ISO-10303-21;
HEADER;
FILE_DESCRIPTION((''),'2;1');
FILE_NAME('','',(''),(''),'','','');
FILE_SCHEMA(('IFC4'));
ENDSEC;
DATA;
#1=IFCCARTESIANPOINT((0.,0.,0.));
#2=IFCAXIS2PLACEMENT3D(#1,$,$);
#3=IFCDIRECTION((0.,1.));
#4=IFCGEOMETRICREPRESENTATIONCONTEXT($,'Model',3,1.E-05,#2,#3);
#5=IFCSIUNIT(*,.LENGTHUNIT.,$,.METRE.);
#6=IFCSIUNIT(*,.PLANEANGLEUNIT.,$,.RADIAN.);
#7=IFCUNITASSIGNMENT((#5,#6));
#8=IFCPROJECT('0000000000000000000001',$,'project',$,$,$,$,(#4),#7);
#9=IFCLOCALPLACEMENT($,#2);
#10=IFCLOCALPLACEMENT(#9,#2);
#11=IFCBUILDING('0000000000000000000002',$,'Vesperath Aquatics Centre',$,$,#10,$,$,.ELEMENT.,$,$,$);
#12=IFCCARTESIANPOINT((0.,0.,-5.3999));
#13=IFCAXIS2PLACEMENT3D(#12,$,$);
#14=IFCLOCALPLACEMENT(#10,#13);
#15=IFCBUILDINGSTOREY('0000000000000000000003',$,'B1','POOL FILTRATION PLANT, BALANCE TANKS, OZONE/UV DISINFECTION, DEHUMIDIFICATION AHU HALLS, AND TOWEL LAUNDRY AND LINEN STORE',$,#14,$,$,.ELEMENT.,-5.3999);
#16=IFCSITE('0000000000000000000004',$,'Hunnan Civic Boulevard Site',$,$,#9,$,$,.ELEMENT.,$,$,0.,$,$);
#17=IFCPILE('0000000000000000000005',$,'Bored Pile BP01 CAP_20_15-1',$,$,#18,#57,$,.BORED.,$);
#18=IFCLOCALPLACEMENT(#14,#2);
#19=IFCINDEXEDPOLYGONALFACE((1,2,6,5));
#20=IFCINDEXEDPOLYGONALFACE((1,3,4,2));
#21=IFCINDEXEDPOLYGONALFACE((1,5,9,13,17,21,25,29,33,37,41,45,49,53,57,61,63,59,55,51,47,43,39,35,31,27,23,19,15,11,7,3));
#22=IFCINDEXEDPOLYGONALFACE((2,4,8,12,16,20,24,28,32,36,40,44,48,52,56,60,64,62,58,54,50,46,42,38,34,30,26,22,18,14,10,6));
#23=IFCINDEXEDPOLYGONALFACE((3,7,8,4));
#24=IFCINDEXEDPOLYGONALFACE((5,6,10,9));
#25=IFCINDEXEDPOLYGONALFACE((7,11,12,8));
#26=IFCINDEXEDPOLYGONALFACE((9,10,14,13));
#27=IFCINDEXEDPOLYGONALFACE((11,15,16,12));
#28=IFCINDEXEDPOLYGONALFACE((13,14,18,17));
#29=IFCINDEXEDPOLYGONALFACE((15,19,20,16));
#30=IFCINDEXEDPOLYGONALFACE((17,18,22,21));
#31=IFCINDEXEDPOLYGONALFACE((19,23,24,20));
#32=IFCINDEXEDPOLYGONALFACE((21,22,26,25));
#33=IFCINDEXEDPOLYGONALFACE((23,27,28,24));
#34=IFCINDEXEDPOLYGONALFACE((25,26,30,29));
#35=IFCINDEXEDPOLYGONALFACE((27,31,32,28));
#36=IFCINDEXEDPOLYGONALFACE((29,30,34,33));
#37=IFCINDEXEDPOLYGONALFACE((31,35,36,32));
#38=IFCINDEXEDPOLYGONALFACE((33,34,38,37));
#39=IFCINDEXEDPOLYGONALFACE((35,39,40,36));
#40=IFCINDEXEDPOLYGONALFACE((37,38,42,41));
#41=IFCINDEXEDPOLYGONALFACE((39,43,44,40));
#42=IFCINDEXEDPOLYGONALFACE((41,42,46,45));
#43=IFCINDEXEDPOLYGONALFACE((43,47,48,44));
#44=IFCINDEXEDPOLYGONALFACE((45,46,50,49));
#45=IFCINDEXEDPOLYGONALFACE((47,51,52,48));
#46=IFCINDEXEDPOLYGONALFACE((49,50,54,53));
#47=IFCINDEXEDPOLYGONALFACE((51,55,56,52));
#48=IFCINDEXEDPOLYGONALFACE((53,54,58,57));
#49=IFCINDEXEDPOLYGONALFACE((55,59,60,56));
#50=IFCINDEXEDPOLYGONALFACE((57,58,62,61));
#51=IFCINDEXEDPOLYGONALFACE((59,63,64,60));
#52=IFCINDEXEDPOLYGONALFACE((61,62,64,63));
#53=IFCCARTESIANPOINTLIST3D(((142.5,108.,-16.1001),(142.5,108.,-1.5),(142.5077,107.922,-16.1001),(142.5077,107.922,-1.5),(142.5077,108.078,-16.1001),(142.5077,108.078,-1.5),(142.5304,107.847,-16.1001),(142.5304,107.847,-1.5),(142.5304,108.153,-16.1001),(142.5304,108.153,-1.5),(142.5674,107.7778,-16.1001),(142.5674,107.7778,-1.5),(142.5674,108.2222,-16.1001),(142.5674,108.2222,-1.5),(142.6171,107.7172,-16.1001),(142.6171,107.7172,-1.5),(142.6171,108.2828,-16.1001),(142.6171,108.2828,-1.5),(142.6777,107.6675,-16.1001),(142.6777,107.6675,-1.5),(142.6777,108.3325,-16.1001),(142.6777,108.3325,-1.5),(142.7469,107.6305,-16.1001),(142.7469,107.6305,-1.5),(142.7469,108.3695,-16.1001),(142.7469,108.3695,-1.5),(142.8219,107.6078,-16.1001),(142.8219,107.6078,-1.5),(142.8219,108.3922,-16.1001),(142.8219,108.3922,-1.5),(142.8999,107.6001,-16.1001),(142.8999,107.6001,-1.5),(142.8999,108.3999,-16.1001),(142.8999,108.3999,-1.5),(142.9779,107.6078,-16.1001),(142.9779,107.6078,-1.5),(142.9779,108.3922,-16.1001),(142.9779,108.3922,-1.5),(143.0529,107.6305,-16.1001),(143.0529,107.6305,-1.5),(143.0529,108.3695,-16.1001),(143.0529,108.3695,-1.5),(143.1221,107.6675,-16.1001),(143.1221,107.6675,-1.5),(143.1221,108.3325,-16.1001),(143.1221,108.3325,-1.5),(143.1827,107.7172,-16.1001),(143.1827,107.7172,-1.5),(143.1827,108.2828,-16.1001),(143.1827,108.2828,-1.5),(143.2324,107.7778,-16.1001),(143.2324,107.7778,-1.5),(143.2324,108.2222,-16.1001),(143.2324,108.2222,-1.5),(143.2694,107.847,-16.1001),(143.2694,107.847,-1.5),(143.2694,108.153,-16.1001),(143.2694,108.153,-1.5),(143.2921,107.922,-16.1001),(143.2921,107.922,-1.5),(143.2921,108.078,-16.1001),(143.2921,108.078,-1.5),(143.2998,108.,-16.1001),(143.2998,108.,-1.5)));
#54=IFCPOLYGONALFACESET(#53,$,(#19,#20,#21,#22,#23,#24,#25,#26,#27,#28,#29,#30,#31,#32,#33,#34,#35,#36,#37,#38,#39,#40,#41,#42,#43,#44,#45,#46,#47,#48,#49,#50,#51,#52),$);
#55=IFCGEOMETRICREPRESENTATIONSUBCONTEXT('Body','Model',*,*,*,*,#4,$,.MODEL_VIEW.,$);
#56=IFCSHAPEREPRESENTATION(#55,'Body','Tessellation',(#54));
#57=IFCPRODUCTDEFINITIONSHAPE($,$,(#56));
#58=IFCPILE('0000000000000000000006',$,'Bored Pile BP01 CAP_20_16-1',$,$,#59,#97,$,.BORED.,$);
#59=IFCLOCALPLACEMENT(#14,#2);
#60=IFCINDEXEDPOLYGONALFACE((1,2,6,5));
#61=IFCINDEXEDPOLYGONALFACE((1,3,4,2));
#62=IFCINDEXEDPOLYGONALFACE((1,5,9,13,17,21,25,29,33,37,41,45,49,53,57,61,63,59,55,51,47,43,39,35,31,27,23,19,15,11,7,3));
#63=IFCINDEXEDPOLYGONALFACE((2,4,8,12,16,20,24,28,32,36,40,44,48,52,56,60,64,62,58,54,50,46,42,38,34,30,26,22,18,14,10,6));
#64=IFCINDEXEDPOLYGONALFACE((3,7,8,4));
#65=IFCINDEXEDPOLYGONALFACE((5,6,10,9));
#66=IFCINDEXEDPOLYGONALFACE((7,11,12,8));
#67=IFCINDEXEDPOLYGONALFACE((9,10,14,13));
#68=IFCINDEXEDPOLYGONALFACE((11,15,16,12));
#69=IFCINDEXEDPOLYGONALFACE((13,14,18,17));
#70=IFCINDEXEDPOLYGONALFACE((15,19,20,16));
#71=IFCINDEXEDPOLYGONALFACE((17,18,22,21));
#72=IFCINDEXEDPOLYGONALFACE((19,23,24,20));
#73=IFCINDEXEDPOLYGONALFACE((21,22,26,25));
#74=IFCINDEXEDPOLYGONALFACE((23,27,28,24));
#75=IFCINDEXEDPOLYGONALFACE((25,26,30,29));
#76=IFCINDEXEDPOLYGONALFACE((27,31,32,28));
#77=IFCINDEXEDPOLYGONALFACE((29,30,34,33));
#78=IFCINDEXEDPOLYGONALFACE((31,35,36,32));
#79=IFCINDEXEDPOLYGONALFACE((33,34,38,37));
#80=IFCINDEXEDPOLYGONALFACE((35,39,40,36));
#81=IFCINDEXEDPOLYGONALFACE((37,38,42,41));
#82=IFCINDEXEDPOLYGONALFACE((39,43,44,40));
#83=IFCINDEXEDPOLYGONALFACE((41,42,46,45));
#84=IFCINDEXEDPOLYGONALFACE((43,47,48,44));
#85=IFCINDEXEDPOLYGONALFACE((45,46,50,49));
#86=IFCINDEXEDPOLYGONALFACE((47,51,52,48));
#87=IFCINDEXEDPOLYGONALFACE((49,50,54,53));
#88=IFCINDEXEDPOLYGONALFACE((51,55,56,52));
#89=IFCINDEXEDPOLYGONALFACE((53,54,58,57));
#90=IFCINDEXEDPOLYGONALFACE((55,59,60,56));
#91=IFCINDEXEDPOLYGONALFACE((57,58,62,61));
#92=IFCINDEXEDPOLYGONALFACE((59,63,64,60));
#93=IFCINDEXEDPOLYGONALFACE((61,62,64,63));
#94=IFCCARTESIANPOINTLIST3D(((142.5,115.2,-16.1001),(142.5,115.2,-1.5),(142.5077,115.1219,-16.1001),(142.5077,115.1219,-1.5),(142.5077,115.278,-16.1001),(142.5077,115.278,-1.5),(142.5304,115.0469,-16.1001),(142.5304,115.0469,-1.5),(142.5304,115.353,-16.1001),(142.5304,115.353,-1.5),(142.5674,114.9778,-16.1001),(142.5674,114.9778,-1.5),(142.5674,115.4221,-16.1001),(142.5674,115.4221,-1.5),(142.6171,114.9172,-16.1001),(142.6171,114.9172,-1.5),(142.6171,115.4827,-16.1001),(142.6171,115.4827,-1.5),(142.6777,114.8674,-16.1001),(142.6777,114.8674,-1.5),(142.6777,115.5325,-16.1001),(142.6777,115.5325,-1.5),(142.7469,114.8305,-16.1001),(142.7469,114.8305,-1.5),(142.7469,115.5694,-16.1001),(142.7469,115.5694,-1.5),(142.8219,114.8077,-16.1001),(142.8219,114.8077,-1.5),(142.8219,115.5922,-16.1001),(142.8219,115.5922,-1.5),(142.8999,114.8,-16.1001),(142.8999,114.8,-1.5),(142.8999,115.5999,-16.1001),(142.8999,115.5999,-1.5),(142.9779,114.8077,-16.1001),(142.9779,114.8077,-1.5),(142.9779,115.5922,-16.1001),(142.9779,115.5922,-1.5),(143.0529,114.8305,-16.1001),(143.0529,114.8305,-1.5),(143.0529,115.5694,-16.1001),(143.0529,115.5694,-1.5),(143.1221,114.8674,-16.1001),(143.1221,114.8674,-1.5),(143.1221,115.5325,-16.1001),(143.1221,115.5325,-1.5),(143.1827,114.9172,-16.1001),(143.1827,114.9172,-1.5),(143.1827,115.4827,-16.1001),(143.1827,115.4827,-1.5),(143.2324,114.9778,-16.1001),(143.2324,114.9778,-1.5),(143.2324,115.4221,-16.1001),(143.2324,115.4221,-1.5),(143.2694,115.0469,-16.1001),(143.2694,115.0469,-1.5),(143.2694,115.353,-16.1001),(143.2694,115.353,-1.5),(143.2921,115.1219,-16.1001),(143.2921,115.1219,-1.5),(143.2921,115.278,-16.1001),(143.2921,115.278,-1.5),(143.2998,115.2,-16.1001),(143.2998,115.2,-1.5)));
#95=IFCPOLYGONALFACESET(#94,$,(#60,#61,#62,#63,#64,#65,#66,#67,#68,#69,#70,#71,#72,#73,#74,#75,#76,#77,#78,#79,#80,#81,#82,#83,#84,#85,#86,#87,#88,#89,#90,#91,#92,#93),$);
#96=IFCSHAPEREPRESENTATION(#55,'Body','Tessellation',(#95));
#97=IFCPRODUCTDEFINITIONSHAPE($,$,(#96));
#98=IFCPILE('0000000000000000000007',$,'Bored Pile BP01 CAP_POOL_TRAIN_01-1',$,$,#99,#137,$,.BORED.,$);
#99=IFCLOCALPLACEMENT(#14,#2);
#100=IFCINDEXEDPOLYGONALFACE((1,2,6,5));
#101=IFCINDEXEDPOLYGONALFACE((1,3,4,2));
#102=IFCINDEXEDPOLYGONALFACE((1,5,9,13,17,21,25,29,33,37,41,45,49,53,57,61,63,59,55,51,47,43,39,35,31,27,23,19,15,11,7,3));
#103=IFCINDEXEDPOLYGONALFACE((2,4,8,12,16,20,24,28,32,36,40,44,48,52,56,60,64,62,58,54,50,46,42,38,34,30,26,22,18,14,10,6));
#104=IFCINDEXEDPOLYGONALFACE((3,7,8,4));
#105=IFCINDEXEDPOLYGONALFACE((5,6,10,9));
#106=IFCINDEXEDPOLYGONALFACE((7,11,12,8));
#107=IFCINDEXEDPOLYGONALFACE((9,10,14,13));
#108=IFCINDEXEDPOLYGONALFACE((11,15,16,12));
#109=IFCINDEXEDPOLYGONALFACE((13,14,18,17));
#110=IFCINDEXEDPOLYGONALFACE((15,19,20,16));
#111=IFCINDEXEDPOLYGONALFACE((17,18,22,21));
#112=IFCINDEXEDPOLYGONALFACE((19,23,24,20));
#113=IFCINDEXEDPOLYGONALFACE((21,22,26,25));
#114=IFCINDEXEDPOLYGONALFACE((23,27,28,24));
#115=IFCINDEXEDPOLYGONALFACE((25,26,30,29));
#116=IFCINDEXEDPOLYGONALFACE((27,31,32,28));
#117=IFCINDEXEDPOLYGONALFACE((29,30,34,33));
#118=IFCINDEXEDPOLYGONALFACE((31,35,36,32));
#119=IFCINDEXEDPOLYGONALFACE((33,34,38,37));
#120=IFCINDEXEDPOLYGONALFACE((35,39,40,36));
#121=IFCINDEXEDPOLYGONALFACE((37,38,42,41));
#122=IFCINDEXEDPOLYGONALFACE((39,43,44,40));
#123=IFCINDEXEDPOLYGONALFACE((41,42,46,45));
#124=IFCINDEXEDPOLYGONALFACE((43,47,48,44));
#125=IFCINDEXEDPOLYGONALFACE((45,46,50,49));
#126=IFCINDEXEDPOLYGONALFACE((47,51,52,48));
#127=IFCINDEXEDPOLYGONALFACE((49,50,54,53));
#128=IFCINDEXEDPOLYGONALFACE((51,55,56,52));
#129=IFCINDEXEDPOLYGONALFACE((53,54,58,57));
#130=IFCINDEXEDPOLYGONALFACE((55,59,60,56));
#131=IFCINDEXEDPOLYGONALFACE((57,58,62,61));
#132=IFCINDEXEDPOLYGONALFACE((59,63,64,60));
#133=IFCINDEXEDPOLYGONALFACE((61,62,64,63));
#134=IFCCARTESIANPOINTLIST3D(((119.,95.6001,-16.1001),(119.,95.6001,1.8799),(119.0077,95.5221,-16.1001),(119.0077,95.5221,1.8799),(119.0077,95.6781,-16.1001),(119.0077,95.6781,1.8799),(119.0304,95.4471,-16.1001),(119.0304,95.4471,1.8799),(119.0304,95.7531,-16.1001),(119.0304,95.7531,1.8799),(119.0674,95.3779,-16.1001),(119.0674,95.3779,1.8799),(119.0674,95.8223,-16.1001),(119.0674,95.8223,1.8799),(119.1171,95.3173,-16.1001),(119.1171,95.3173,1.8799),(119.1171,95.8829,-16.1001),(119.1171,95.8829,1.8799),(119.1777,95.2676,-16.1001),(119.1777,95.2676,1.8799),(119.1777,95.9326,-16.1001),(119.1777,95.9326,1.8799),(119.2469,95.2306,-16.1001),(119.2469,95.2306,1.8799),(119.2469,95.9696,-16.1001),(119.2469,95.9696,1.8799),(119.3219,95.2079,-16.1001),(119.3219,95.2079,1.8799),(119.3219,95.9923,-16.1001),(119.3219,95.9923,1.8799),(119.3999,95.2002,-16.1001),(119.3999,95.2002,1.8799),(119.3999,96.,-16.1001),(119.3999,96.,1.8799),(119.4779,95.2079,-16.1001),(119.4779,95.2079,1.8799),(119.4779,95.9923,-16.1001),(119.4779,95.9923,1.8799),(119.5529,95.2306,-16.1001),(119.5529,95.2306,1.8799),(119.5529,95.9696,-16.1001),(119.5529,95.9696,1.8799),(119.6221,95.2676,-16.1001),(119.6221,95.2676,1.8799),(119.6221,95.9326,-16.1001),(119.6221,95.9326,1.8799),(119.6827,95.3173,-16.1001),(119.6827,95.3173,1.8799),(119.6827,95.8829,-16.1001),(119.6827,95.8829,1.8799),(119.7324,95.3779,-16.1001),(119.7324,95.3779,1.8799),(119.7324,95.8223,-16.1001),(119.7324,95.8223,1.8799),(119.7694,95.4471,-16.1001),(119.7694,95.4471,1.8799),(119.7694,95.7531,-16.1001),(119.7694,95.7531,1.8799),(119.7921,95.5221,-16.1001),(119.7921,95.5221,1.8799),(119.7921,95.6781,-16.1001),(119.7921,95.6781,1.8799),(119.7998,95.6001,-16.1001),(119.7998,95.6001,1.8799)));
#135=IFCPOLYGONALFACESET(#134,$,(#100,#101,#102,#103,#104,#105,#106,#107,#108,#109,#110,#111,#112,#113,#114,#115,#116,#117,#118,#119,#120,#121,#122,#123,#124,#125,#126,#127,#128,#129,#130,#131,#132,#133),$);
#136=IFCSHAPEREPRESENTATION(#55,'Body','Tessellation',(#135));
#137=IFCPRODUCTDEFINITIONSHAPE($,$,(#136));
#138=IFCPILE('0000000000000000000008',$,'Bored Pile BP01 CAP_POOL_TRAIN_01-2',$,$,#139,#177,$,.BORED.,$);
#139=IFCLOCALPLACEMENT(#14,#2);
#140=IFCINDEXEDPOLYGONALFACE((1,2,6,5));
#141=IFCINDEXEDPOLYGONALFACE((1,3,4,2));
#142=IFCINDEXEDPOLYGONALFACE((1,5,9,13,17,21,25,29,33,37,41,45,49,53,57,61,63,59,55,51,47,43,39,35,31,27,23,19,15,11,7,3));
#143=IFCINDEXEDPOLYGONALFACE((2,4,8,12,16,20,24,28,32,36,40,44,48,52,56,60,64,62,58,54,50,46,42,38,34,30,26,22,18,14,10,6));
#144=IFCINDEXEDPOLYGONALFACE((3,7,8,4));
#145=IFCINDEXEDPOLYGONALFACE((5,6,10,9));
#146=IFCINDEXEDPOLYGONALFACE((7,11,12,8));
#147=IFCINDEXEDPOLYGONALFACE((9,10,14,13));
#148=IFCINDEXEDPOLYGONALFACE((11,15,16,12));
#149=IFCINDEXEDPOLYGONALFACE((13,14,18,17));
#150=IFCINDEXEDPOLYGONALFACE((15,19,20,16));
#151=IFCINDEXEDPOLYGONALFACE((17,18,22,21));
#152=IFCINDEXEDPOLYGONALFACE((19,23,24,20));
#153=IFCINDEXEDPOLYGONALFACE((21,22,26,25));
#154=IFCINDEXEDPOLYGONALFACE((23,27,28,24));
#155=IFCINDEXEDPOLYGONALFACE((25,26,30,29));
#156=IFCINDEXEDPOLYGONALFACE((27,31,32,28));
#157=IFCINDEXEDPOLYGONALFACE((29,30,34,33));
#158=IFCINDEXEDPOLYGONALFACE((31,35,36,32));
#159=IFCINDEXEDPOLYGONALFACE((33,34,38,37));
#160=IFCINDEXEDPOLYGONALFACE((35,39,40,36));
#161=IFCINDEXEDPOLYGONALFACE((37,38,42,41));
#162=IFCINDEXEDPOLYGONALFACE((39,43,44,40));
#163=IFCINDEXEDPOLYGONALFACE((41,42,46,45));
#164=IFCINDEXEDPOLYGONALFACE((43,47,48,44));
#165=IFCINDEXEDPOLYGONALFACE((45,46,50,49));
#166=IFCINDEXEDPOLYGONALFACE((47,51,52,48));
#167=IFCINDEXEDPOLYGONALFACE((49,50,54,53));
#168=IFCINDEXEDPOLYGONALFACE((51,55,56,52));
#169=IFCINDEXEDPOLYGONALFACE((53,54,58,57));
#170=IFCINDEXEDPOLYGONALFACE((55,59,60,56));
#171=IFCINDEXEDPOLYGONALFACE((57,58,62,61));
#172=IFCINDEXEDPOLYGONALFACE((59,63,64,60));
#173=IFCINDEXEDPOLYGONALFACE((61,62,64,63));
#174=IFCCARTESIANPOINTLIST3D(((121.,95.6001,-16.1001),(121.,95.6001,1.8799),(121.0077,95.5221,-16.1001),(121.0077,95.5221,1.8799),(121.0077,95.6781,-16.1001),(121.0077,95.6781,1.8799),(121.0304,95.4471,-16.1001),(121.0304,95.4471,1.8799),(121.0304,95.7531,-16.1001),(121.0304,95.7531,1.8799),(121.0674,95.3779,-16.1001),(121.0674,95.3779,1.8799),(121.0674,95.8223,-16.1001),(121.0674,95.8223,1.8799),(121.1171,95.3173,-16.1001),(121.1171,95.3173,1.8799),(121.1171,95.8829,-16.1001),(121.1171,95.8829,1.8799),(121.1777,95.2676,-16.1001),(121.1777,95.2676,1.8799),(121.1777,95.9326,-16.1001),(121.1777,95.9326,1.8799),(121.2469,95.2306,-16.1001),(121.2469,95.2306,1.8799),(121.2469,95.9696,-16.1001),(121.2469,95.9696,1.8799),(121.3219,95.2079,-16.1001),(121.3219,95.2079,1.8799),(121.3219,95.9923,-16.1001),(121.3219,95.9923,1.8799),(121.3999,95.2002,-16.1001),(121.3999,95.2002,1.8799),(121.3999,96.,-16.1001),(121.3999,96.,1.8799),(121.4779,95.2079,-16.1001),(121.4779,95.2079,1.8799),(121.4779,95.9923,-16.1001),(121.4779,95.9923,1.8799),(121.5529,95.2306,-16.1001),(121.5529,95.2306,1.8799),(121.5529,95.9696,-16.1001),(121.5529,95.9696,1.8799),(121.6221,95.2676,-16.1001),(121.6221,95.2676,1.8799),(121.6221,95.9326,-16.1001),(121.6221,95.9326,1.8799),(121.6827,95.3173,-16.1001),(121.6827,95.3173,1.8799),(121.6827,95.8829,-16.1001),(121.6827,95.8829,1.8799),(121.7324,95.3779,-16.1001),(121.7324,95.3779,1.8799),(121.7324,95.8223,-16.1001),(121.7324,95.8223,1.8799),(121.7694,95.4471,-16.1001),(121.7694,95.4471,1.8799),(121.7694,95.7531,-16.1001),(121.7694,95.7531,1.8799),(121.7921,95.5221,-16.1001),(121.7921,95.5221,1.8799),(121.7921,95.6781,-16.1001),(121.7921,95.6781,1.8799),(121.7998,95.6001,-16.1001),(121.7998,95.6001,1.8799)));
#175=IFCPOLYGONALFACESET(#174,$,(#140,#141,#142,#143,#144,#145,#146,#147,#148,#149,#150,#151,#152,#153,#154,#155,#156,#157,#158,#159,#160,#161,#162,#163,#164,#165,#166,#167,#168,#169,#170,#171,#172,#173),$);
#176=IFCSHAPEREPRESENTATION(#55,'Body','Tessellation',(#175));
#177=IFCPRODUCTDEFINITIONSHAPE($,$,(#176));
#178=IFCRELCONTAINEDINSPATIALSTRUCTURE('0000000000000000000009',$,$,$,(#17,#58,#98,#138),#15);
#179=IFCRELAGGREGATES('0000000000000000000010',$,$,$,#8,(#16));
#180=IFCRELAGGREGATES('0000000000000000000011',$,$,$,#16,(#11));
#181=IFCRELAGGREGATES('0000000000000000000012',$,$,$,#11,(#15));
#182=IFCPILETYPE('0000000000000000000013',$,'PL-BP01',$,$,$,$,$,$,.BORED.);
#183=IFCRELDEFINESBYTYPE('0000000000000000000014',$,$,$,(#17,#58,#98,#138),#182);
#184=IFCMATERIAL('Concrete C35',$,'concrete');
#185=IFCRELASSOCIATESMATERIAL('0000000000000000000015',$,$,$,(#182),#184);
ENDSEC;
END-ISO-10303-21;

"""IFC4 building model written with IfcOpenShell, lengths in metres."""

from ifc_helpers import new_model, si_unit, direction, frame, origin, origin_2d, place, context, subcontext, project, spatial, circle, extrude, material, material_profile, profile_set, type_object, element, save


model = new_model("IFC4")

# Units and contexts
model_context = context("Model", 3, precision=1e-05, world=origin(), true_north=direction((0.0, 1.0)))
body_context = subcontext(model_context, "Body", "Model", "MODEL_VIEW")
ifc_project = project(units=[si_unit("LENGTHUNIT", "METRE"), si_unit("PLANEANGLEUNIT", "RADIAN")], contexts=[model_context])

# Site, building, storey
site_placement = place(None, origin())
site = spatial("IfcSite", under=ifc_project, at=site_placement, Name="Hunnan Civic Boulevard Site", CompositionType="ELEMENT", RefElevation=0.0)
building_placement = place(site_placement, origin())
building = spatial("IfcBuilding", under=site, at=building_placement, Name="Vesperath Aquatics Centre", CompositionType="ELEMENT")
storey_placement = place(building_placement, frame((0.0, 0.0, -5.3999)))
storey = spatial("IfcBuildingStorey", under=building, at=storey_placement, Name="B1", Description="POOL FILTRATION PLANT, BALANCE TANKS, OZONE/UV DISINFECTION, DEHUMIDIFICATION AHU HALLS, AND TOWEL LAUNDRY AND LINEN STORE", CompositionType="ELEMENT", Elevation=-5.3999)

# Piles
ifc_material_1 = material(Name="Concrete C35", Category="concrete")
ifc_material_profile_1 = material_profile(ifc_material_1, circle(Radius=0.3999, at=origin_2d()), Name="PILE D800")
ifc_profile_set_1 = profile_set([ifc_material_profile_1], Name="Concrete C35")
pile_type = type_object("IfcPileType", Name="PL-BP01", PredefinedType="BORED", material=ifc_profile_set_1)
for number, where, z_axis, x_axis, name in (
    (1, (142.8999, 108.0, -1.5), (0.0, 0.0, -1.0), (1.0, 0.0, 0.0), "Bored Pile BP01 CAP_20_15-1"),
    (2, (142.8999, 115.2, -1.5), (0.0, 0.0, -1.0), (1.0, 0.0, 0.0), "Bored Pile BP01 CAP_20_16-1"),
):
    element("IfcPile", number, at=place(storey_placement, frame(where, z_axis=z_axis, x_axis=x_axis)), inside=storey, type_object=pile_type, Name=name, PredefinedType="BORED", context=body_context, shape_type="SweptSolid", body=[
        extrude(circle(Radius=0.3999, at=origin_2d()), origin(), (0.0, 0.0, 1.0), 14.6001),
    ])
for number, where, z_axis, x_axis, name in (
    (3, (119.3999, 95.6001, 1.8799), (0.0, 0.0, -1.0), (1.0, 0.0, 0.0), "Bored Pile BP01 CAP_POOL_TRAIN_01-1"),
    (4, (121.3999, 95.6001, 1.8799), (0.0, 0.0, -1.0), (1.0, 0.0, 0.0), "Bored Pile BP01 CAP_POOL_TRAIN_01-2"),
):
    element("IfcPile", number, at=place(storey_placement, frame(where, z_axis=z_axis, x_axis=x_axis)), inside=storey, type_object=pile_type, Name=name, PredefinedType="BORED", context=body_context, shape_type="SweptSolid", body=[
        extrude(circle(Radius=0.3999, at=origin_2d()), origin(), (0.0, 0.0, 1.0), 17.98),
    ])

save(model, "model.ifc")
